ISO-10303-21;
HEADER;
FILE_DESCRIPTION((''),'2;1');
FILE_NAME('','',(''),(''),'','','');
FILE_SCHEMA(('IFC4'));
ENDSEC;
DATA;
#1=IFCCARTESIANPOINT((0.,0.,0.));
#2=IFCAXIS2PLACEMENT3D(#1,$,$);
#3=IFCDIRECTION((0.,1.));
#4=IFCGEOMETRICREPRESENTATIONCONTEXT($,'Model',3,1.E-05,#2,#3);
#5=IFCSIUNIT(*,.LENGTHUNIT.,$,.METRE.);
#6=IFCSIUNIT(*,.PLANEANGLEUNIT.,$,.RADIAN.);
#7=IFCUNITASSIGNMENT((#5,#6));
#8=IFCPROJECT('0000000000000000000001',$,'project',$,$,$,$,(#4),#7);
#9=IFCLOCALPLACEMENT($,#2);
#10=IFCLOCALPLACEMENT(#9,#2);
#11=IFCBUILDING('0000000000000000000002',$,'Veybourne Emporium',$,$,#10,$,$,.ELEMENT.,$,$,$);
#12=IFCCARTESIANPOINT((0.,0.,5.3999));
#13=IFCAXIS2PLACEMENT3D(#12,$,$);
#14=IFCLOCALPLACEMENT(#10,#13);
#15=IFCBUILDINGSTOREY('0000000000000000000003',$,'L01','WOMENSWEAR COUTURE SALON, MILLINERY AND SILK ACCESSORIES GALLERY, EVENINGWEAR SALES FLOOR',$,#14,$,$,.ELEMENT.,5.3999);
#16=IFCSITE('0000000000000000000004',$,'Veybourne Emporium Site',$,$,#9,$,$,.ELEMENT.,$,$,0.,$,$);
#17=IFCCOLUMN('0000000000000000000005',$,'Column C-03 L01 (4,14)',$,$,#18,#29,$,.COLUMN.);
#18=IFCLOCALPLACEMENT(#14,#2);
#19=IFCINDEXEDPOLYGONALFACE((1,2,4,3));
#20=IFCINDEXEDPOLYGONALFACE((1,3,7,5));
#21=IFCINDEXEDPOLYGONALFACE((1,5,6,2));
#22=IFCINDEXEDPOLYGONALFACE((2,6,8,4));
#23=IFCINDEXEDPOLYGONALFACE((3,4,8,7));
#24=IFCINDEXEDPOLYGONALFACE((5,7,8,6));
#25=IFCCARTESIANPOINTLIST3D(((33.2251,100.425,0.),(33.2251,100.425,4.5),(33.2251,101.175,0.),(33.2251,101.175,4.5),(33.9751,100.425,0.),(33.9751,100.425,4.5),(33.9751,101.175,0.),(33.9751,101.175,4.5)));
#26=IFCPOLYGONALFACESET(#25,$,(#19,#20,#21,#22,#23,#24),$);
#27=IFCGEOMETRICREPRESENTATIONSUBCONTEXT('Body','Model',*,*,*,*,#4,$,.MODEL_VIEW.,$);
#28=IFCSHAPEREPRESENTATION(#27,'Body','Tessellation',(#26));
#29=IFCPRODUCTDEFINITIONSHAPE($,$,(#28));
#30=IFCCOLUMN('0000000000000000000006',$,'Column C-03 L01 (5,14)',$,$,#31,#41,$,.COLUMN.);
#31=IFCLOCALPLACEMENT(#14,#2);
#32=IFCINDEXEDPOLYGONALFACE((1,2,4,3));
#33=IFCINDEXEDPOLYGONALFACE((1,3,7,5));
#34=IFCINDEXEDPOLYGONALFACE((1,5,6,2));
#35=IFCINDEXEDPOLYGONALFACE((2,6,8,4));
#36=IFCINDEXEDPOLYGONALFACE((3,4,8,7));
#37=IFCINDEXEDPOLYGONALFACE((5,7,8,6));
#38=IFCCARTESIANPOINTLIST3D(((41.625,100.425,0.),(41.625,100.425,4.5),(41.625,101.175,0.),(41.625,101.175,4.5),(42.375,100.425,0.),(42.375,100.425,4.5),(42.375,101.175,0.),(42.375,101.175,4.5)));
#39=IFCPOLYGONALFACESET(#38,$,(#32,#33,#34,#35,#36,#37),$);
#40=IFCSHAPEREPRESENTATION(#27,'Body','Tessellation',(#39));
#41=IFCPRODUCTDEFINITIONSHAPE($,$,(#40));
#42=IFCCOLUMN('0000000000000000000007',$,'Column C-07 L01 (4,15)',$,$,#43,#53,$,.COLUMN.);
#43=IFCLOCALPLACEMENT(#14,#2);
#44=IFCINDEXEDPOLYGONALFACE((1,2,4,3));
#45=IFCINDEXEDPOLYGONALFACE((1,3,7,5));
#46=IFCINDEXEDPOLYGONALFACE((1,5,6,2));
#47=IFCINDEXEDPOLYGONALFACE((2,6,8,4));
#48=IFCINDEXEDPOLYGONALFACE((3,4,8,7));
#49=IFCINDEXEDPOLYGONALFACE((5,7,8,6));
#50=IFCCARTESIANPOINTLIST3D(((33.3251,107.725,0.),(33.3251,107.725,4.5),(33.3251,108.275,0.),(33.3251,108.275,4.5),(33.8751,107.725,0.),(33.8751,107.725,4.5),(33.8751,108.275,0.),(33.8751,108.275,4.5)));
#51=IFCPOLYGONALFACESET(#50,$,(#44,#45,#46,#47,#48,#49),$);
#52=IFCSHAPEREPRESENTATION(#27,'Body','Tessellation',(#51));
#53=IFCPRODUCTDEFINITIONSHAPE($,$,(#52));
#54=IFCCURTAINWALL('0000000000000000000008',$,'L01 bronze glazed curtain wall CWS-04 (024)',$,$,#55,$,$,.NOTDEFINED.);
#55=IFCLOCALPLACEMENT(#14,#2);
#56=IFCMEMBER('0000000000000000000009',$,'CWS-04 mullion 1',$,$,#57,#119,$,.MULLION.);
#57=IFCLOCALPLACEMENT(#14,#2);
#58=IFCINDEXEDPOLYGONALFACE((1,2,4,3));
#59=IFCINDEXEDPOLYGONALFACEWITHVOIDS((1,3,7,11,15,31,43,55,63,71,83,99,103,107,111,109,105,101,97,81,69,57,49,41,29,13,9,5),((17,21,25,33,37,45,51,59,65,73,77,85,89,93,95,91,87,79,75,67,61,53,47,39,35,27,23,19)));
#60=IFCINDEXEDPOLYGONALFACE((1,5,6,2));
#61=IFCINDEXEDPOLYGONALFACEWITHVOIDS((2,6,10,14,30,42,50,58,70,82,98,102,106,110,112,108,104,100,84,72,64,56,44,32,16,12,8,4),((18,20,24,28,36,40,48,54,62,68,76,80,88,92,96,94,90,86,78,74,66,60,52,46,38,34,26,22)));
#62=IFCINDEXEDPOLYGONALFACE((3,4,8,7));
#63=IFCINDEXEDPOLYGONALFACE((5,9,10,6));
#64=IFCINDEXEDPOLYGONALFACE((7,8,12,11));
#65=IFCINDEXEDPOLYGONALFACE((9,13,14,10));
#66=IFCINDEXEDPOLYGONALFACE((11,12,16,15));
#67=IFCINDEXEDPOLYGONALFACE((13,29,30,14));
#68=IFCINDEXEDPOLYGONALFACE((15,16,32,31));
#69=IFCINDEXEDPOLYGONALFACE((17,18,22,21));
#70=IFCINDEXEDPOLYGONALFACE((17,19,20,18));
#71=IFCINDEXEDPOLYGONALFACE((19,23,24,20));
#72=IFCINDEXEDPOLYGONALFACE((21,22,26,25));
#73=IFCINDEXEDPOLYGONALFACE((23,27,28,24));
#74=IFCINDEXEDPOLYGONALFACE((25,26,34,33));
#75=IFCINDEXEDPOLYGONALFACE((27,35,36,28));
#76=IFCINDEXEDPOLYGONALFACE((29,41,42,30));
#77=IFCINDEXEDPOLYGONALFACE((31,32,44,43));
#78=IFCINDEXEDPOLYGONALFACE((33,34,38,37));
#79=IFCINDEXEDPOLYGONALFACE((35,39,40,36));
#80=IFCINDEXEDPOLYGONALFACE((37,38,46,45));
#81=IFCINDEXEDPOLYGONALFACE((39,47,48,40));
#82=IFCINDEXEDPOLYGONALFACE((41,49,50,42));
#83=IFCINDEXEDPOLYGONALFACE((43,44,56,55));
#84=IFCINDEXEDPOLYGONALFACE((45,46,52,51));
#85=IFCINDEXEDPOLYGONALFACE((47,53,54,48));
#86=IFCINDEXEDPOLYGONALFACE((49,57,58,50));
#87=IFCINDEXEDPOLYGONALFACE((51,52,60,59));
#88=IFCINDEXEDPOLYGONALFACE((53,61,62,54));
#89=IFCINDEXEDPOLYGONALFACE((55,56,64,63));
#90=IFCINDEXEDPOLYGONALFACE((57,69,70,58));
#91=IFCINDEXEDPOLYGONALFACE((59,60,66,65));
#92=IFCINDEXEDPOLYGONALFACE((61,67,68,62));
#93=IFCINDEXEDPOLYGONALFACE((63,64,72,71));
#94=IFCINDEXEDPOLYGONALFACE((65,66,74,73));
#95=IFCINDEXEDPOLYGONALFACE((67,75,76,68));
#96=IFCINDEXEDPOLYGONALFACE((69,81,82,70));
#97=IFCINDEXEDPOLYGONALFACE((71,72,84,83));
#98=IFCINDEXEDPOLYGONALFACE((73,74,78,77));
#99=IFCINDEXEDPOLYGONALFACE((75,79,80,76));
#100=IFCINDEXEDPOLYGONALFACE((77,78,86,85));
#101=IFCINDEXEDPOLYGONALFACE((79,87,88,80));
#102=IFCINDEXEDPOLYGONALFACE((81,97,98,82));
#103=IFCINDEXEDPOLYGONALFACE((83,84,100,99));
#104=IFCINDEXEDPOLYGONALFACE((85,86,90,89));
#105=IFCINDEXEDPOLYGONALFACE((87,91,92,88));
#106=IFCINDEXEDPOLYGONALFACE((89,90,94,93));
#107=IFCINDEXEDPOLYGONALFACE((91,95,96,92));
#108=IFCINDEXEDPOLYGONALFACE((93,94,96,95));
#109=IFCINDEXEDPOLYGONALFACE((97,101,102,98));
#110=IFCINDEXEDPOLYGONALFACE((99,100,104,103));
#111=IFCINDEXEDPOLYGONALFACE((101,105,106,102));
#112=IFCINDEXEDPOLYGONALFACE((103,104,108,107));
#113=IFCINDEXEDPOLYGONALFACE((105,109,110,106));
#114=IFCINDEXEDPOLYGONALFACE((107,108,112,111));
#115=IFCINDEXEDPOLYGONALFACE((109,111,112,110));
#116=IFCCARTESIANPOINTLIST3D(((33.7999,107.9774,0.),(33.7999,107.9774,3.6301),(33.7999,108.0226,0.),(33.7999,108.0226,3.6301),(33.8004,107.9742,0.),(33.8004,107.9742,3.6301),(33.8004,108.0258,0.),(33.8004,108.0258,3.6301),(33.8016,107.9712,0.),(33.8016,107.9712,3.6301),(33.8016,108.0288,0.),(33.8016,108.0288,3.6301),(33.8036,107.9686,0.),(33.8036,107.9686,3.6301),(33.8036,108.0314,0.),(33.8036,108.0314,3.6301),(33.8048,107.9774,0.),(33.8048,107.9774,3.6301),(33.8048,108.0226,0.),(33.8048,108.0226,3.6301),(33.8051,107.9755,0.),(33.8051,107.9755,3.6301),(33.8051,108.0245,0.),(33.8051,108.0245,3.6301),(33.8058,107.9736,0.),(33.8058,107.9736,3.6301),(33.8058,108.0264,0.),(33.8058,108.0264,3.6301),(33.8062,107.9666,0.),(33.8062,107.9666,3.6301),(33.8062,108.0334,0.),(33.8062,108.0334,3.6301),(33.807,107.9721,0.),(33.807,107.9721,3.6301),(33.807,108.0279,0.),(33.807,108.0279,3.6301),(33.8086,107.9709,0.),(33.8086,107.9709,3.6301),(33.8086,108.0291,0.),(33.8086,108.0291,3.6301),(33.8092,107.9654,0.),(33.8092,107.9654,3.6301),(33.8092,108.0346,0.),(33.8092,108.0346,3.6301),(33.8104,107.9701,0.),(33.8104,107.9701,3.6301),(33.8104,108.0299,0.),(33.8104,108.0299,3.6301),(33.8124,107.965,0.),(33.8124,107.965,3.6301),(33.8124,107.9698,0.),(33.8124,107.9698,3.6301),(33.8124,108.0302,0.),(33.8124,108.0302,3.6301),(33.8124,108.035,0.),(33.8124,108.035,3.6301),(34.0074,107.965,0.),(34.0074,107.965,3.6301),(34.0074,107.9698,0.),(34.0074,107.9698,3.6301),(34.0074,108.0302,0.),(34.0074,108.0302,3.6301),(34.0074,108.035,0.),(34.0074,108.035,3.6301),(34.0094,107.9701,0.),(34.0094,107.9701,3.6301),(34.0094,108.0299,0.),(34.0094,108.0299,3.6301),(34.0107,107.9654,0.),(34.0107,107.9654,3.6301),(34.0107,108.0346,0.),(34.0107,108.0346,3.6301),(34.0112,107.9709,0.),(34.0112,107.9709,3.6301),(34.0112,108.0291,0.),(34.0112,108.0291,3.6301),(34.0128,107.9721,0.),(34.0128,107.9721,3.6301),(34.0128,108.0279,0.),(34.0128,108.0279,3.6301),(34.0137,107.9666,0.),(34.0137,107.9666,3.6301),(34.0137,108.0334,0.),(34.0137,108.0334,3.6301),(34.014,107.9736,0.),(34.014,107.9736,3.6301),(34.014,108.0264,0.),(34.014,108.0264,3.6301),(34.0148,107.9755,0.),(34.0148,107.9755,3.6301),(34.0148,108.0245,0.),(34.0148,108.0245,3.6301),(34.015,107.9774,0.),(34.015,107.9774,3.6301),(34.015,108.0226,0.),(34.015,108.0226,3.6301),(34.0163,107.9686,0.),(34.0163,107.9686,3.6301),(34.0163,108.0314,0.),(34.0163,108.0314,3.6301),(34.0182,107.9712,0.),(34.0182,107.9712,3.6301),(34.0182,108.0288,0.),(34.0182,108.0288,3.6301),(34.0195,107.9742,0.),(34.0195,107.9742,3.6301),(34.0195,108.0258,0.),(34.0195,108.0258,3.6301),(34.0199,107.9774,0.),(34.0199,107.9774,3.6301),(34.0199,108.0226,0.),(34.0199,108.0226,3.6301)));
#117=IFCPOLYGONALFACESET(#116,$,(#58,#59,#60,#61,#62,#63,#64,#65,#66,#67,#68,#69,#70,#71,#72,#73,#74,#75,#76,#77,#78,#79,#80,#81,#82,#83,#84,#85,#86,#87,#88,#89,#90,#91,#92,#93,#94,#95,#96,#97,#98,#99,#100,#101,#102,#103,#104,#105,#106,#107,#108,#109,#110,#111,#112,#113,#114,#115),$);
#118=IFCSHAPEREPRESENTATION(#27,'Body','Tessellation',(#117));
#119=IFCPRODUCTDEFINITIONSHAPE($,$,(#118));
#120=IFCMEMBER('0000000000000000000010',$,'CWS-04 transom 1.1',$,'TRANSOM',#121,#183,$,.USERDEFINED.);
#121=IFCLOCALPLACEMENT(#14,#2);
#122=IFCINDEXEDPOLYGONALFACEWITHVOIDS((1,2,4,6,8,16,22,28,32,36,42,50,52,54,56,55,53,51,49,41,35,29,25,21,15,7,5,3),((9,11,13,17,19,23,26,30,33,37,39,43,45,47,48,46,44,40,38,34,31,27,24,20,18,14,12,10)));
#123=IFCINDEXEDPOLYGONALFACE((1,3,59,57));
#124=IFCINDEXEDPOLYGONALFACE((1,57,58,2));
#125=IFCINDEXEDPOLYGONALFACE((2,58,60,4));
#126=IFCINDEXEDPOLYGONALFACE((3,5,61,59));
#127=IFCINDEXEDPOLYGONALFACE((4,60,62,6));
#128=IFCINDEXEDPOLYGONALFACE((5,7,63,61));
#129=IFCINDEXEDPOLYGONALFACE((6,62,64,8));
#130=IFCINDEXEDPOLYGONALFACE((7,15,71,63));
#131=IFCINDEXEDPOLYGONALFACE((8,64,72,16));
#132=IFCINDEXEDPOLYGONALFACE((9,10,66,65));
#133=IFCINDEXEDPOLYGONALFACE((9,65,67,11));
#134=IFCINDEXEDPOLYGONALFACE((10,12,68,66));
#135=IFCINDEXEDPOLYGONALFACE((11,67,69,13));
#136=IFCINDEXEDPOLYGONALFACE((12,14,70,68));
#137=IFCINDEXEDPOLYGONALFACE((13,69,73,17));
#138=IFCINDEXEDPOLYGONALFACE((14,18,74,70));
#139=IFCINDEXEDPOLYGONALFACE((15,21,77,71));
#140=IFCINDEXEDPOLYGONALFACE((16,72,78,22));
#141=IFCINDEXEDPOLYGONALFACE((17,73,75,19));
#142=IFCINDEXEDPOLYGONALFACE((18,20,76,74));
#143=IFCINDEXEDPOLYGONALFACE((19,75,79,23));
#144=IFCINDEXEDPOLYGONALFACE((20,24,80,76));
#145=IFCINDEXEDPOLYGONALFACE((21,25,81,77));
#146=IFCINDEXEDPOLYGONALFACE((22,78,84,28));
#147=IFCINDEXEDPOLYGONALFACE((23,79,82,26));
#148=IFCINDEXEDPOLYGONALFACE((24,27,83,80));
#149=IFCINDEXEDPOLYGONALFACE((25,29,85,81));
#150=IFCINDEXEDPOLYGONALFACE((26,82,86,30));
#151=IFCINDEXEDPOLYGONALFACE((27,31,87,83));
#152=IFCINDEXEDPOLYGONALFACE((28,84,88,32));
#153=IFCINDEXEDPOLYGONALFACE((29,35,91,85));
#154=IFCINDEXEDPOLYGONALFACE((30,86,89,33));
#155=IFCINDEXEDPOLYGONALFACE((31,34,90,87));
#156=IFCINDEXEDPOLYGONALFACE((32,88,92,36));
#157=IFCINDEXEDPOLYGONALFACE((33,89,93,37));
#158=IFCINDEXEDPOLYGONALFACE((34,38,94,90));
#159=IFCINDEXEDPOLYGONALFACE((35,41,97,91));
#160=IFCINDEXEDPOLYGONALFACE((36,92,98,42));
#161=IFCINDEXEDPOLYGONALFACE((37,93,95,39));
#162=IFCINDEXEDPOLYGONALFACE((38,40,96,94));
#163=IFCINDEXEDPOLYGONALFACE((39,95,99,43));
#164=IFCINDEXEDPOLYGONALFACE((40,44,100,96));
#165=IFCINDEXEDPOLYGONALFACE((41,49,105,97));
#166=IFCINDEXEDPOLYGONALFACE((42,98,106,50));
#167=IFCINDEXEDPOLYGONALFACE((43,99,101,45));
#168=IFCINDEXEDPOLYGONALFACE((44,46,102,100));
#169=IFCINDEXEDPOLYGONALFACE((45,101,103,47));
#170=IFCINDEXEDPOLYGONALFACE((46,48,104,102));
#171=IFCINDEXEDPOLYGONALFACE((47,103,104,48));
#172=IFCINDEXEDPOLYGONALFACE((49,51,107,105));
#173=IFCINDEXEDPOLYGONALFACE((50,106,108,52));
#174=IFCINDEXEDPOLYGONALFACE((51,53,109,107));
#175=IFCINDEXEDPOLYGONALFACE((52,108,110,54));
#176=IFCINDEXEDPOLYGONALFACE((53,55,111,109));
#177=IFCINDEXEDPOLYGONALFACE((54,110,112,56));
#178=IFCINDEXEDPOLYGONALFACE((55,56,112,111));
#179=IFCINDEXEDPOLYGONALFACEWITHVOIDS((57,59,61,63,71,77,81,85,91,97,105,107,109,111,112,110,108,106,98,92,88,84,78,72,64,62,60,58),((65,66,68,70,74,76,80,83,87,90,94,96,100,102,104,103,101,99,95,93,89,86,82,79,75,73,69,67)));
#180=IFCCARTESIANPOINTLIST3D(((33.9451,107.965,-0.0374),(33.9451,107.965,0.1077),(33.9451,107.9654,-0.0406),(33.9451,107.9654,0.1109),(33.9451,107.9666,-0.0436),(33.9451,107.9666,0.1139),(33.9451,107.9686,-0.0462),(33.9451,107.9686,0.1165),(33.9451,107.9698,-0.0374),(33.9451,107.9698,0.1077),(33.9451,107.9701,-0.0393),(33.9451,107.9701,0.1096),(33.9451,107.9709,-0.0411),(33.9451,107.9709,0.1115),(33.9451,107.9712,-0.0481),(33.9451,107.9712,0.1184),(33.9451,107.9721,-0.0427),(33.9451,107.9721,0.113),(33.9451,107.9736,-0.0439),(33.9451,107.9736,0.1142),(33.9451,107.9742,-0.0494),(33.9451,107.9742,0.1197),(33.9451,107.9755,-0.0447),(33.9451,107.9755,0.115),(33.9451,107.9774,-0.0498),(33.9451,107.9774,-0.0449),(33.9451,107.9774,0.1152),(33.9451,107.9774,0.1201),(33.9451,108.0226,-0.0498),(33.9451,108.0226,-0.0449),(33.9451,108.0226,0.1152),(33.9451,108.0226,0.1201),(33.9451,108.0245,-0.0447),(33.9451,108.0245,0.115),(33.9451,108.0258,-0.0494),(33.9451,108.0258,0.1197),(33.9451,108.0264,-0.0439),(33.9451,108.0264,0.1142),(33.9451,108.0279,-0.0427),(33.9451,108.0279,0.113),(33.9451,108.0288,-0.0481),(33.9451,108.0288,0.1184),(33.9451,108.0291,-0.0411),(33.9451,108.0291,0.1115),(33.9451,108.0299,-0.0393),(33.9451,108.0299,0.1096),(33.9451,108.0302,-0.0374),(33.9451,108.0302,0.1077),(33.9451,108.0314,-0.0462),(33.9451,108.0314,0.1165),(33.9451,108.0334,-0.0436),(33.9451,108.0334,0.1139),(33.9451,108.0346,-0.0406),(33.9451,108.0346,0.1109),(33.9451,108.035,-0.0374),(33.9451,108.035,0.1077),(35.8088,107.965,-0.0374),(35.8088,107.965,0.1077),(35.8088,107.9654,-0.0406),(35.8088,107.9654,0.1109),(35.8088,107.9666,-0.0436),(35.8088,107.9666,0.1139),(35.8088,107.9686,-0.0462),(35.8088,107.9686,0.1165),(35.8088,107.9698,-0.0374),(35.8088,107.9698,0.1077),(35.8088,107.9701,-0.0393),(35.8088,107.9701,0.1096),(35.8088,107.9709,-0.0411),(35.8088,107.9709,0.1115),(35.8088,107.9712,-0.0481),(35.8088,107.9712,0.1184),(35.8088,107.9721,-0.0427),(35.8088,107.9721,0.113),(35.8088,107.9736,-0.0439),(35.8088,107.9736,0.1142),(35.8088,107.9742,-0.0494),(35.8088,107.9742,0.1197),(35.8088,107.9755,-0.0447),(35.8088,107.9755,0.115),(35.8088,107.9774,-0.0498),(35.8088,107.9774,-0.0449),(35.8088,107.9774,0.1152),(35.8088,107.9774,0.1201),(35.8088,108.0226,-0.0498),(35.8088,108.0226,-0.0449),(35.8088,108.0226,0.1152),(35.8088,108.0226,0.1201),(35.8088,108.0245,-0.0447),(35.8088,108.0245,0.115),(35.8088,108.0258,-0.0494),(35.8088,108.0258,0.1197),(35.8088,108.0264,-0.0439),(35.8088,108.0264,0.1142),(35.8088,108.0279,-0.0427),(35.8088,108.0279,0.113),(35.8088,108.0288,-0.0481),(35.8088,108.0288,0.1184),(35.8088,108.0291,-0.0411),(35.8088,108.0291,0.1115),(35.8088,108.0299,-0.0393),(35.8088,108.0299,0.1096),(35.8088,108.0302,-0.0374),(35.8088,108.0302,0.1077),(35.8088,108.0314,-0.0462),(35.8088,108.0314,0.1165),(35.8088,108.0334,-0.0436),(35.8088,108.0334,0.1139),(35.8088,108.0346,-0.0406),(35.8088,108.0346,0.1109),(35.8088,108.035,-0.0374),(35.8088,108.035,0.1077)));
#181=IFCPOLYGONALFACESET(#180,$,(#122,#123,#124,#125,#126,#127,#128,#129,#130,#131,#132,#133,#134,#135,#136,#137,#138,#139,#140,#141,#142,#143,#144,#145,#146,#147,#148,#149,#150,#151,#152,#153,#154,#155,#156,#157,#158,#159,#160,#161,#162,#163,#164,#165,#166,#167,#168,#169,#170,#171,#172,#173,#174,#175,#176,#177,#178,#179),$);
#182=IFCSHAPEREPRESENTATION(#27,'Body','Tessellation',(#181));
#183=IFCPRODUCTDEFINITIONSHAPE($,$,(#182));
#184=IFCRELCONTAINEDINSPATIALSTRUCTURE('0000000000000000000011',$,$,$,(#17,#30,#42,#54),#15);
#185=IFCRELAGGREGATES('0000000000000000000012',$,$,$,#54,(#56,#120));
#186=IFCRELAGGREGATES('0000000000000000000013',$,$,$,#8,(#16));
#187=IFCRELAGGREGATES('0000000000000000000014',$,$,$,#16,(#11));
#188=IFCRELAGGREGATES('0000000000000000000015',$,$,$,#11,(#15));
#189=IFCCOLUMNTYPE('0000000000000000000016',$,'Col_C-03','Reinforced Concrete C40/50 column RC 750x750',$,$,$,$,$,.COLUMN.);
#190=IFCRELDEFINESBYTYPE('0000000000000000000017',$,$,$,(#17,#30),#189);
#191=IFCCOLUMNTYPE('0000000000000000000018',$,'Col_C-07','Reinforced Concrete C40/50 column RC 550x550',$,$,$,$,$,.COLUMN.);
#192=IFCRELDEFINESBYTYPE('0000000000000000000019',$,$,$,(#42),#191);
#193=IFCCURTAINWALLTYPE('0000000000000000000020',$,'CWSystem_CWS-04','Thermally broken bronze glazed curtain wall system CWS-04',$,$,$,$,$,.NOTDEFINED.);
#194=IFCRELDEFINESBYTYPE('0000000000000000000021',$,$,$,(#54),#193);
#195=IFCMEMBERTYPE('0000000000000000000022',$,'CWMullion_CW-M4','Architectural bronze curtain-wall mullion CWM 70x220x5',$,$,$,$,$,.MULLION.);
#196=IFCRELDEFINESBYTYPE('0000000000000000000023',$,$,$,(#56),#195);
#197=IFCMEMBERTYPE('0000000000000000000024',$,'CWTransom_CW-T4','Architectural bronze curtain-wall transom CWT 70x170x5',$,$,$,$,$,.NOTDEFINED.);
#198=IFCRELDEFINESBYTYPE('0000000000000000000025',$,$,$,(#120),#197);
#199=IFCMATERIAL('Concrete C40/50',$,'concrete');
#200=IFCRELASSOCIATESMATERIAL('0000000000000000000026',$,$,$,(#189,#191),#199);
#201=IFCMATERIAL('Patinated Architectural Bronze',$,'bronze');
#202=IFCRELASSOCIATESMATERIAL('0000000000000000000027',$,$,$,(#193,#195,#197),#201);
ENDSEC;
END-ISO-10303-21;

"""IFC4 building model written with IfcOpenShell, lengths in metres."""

from ifc_helpers import new_model, si_unit, direction, frame, origin, origin_2d, place, context, subcontext, project, spatial, rectangle, hollow_rectangle, extrude, material, material_profile, profile_set, type_object, element, aggregate, save


model = new_model("IFC4")

# Units and contexts
model_context = context("Model", 3, precision=1e-05, world=origin(), true_north=direction((0.0, 1.0)))
body_context = subcontext(model_context, "Body", "Model", "MODEL_VIEW")
ifc_project = project(units=[si_unit("LENGTHUNIT", "METRE"), si_unit("PLANEANGLEUNIT", "RADIAN")], contexts=[model_context])

# Site, building, storey
site_placement = place(None, origin())
site = spatial("IfcSite", under=ifc_project, at=site_placement, Name="Veybourne Emporium Site", CompositionType="ELEMENT", RefElevation=0.0)
building_placement = place(site_placement, origin())
building = spatial("IfcBuilding", under=site, at=building_placement, Name="Veybourne Emporium", CompositionType="ELEMENT")
storey_placement = place(building_placement, frame((0.0, 0.0, 5.3999)))
storey = spatial("IfcBuildingStorey", under=building, at=storey_placement, Name="L01", Description="WOMENSWEAR COUTURE SALON, MILLINERY AND SILK ACCESSORIES GALLERY, EVENINGWEAR SALES FLOOR", CompositionType="ELEMENT", Elevation=5.3999)

# Columns
ifc_material_1 = material(Name="Concrete C40/50", Category="concrete")
ifc_material_profile_1 = material_profile(ifc_material_1, rectangle(XDim=0.75, YDim=0.75, at=origin_2d()), Name="RC 750x750")
ifc_profile_set_1 = profile_set([ifc_material_profile_1], Name="Concrete C40/50")
column_type_1 = type_object("IfcColumnType", Name="Col_C-03", Description="Reinforced Concrete C40/50 column RC 750x750", PredefinedType="COLUMN", material=ifc_profile_set_1)
for number, where, z_axis, x_axis, name in (
    (1, (33.6001, 100.8, 0.0), (0.0, 0.0, 1.0), (1.0, 0.0, 0.0), "Column C-03 L01 (4,14)"),
    (2, (42.0, 100.8, 0.0), (0.0, 0.0, 1.0), (1.0, 0.0, 0.0), "Column C-03 L01 (5,14)"),
):
    element("IfcColumn", number, at=place(storey_placement, frame(where, z_axis=z_axis, x_axis=x_axis)), inside=storey, type_object=column_type_1, Name=name, PredefinedType="COLUMN", context=body_context, shape_type="SweptSolid", body=[
        extrude(rectangle(XDim=0.75, YDim=0.75, at=origin_2d()), origin(), (0.0, 0.0, 1.0), 4.5),
    ])
ifc_material_profile_2 = material_profile(ifc_material_1, rectangle(XDim=0.55, YDim=0.55, at=origin_2d()), Name="RC 550x550")
ifc_profile_set_2 = profile_set([ifc_material_profile_2], Name="Concrete C40/50")
column_type_2 = type_object("IfcColumnType", Name="Col_C-07", Description="Reinforced Concrete C40/50 column RC 550x550", PredefinedType="COLUMN", material=ifc_profile_set_2)
column_placement = place(storey_placement, frame((33.6001, 108.0, 0.0), z_axis=(0.0, 0.0, 1.0), x_axis=(1.0, 0.0, 0.0)))
element("IfcColumn", 3, at=column_placement, inside=storey, type_object=column_type_2, Name="Column C-07 L01 (4,15)", PredefinedType="COLUMN", context=body_context, shape_type="SweptSolid", body=[
    extrude(rectangle(XDim=0.55, YDim=0.55, at=origin_2d()), origin(), (0.0, 0.0, 1.0), 4.5),
])

# Curtain wall, members
ifc_material_2 = material(Name="Patinated Architectural Bronze", Category="bronze")
curtain_wall_type = type_object("IfcCurtainWallType", Name="CWSystem_CWS-04", Description="Thermally broken bronze glazed curtain wall system CWS-04", PredefinedType="NOTDEFINED", material=ifc_material_2)
curtain_wall_placement = place(storey_placement, origin())
curtain_wall = element("IfcCurtainWall", 4, at=curtain_wall_placement, inside=storey, type_object=curtain_wall_type, Name="L01 bronze glazed curtain wall CWS-04 (024)", PredefinedType="NOTDEFINED")
ifc_material_profile_3 = material_profile(ifc_material_2, hollow_rectangle(XDim=0.0701, YDim=0.22, WallThickness=0.0049, InnerFilletRadius=0.0076, OuterFilletRadius=0.0125, at=origin_2d()), Name="CWM 70x220x5")
ifc_profile_set_3 = profile_set([ifc_material_profile_3], Name="Patinated Architectural Bronze")
member_type_1 = type_object("IfcMemberType", Name="CWMullion_CW-M4", Description="Architectural bronze curtain-wall mullion CWM 70x220x5", PredefinedType="MULLION", material=ifc_profile_set_3)
member_1_placement = place(storey_placement, frame((33.9099, 108.0, 0.0), z_axis=(0.0, 0.0, 1.0), x_axis=(0.0, 1.0, 0.0)))
member_1 = element("IfcMember", 5, at=member_1_placement, type_object=member_type_1, Name="CWS-04 mullion 1", PredefinedType="MULLION", context=body_context, shape_type="SweptSolid", body=[
    extrude(hollow_rectangle(XDim=0.0701, YDim=0.22, WallThickness=0.0049, InnerFilletRadius=0.0076, OuterFilletRadius=0.0125, at=origin_2d()), origin(), (0.0, 0.0, 1.0), 3.6301),
])
ifc_material_profile_4 = material_profile(ifc_material_2, hollow_rectangle(XDim=0.0701, YDim=0.1699, WallThickness=0.0049, InnerFilletRadius=0.0076, OuterFilletRadius=0.0125, at=origin_2d()), Name="CWT 70x170x5")
ifc_profile_set_4 = profile_set([ifc_material_profile_4], Name="Patinated Architectural Bronze")
member_type_2 = type_object("IfcMemberType", Name="CWTransom_CW-T4", Description="Architectural bronze curtain-wall transom CWT 70x170x5", PredefinedType="NOTDEFINED", material=ifc_profile_set_4)
member_2_placement = place(storey_placement, frame((33.9451, 108.0, 0.0352), z_axis=(1.0, 0.0, 0.0), x_axis=(0.0, 1.0, 0.0)))
member_2 = element("IfcMember", 6, at=member_2_placement, type_object=member_type_2, Name="CWS-04 transom 1.1", ObjectType="TRANSOM", PredefinedType="USERDEFINED", context=body_context, shape_type="SweptSolid", body=[
    extrude(hollow_rectangle(XDim=0.0701, YDim=0.1699, WallThickness=0.0049, InnerFilletRadius=0.0076, OuterFilletRadius=0.0125, at=origin_2d()), origin(), (0.0, 0.0, 1.0), 1.8638),
])
aggregate(curtain_wall, [member_1, member_2])

save(model, "model.ifc")
